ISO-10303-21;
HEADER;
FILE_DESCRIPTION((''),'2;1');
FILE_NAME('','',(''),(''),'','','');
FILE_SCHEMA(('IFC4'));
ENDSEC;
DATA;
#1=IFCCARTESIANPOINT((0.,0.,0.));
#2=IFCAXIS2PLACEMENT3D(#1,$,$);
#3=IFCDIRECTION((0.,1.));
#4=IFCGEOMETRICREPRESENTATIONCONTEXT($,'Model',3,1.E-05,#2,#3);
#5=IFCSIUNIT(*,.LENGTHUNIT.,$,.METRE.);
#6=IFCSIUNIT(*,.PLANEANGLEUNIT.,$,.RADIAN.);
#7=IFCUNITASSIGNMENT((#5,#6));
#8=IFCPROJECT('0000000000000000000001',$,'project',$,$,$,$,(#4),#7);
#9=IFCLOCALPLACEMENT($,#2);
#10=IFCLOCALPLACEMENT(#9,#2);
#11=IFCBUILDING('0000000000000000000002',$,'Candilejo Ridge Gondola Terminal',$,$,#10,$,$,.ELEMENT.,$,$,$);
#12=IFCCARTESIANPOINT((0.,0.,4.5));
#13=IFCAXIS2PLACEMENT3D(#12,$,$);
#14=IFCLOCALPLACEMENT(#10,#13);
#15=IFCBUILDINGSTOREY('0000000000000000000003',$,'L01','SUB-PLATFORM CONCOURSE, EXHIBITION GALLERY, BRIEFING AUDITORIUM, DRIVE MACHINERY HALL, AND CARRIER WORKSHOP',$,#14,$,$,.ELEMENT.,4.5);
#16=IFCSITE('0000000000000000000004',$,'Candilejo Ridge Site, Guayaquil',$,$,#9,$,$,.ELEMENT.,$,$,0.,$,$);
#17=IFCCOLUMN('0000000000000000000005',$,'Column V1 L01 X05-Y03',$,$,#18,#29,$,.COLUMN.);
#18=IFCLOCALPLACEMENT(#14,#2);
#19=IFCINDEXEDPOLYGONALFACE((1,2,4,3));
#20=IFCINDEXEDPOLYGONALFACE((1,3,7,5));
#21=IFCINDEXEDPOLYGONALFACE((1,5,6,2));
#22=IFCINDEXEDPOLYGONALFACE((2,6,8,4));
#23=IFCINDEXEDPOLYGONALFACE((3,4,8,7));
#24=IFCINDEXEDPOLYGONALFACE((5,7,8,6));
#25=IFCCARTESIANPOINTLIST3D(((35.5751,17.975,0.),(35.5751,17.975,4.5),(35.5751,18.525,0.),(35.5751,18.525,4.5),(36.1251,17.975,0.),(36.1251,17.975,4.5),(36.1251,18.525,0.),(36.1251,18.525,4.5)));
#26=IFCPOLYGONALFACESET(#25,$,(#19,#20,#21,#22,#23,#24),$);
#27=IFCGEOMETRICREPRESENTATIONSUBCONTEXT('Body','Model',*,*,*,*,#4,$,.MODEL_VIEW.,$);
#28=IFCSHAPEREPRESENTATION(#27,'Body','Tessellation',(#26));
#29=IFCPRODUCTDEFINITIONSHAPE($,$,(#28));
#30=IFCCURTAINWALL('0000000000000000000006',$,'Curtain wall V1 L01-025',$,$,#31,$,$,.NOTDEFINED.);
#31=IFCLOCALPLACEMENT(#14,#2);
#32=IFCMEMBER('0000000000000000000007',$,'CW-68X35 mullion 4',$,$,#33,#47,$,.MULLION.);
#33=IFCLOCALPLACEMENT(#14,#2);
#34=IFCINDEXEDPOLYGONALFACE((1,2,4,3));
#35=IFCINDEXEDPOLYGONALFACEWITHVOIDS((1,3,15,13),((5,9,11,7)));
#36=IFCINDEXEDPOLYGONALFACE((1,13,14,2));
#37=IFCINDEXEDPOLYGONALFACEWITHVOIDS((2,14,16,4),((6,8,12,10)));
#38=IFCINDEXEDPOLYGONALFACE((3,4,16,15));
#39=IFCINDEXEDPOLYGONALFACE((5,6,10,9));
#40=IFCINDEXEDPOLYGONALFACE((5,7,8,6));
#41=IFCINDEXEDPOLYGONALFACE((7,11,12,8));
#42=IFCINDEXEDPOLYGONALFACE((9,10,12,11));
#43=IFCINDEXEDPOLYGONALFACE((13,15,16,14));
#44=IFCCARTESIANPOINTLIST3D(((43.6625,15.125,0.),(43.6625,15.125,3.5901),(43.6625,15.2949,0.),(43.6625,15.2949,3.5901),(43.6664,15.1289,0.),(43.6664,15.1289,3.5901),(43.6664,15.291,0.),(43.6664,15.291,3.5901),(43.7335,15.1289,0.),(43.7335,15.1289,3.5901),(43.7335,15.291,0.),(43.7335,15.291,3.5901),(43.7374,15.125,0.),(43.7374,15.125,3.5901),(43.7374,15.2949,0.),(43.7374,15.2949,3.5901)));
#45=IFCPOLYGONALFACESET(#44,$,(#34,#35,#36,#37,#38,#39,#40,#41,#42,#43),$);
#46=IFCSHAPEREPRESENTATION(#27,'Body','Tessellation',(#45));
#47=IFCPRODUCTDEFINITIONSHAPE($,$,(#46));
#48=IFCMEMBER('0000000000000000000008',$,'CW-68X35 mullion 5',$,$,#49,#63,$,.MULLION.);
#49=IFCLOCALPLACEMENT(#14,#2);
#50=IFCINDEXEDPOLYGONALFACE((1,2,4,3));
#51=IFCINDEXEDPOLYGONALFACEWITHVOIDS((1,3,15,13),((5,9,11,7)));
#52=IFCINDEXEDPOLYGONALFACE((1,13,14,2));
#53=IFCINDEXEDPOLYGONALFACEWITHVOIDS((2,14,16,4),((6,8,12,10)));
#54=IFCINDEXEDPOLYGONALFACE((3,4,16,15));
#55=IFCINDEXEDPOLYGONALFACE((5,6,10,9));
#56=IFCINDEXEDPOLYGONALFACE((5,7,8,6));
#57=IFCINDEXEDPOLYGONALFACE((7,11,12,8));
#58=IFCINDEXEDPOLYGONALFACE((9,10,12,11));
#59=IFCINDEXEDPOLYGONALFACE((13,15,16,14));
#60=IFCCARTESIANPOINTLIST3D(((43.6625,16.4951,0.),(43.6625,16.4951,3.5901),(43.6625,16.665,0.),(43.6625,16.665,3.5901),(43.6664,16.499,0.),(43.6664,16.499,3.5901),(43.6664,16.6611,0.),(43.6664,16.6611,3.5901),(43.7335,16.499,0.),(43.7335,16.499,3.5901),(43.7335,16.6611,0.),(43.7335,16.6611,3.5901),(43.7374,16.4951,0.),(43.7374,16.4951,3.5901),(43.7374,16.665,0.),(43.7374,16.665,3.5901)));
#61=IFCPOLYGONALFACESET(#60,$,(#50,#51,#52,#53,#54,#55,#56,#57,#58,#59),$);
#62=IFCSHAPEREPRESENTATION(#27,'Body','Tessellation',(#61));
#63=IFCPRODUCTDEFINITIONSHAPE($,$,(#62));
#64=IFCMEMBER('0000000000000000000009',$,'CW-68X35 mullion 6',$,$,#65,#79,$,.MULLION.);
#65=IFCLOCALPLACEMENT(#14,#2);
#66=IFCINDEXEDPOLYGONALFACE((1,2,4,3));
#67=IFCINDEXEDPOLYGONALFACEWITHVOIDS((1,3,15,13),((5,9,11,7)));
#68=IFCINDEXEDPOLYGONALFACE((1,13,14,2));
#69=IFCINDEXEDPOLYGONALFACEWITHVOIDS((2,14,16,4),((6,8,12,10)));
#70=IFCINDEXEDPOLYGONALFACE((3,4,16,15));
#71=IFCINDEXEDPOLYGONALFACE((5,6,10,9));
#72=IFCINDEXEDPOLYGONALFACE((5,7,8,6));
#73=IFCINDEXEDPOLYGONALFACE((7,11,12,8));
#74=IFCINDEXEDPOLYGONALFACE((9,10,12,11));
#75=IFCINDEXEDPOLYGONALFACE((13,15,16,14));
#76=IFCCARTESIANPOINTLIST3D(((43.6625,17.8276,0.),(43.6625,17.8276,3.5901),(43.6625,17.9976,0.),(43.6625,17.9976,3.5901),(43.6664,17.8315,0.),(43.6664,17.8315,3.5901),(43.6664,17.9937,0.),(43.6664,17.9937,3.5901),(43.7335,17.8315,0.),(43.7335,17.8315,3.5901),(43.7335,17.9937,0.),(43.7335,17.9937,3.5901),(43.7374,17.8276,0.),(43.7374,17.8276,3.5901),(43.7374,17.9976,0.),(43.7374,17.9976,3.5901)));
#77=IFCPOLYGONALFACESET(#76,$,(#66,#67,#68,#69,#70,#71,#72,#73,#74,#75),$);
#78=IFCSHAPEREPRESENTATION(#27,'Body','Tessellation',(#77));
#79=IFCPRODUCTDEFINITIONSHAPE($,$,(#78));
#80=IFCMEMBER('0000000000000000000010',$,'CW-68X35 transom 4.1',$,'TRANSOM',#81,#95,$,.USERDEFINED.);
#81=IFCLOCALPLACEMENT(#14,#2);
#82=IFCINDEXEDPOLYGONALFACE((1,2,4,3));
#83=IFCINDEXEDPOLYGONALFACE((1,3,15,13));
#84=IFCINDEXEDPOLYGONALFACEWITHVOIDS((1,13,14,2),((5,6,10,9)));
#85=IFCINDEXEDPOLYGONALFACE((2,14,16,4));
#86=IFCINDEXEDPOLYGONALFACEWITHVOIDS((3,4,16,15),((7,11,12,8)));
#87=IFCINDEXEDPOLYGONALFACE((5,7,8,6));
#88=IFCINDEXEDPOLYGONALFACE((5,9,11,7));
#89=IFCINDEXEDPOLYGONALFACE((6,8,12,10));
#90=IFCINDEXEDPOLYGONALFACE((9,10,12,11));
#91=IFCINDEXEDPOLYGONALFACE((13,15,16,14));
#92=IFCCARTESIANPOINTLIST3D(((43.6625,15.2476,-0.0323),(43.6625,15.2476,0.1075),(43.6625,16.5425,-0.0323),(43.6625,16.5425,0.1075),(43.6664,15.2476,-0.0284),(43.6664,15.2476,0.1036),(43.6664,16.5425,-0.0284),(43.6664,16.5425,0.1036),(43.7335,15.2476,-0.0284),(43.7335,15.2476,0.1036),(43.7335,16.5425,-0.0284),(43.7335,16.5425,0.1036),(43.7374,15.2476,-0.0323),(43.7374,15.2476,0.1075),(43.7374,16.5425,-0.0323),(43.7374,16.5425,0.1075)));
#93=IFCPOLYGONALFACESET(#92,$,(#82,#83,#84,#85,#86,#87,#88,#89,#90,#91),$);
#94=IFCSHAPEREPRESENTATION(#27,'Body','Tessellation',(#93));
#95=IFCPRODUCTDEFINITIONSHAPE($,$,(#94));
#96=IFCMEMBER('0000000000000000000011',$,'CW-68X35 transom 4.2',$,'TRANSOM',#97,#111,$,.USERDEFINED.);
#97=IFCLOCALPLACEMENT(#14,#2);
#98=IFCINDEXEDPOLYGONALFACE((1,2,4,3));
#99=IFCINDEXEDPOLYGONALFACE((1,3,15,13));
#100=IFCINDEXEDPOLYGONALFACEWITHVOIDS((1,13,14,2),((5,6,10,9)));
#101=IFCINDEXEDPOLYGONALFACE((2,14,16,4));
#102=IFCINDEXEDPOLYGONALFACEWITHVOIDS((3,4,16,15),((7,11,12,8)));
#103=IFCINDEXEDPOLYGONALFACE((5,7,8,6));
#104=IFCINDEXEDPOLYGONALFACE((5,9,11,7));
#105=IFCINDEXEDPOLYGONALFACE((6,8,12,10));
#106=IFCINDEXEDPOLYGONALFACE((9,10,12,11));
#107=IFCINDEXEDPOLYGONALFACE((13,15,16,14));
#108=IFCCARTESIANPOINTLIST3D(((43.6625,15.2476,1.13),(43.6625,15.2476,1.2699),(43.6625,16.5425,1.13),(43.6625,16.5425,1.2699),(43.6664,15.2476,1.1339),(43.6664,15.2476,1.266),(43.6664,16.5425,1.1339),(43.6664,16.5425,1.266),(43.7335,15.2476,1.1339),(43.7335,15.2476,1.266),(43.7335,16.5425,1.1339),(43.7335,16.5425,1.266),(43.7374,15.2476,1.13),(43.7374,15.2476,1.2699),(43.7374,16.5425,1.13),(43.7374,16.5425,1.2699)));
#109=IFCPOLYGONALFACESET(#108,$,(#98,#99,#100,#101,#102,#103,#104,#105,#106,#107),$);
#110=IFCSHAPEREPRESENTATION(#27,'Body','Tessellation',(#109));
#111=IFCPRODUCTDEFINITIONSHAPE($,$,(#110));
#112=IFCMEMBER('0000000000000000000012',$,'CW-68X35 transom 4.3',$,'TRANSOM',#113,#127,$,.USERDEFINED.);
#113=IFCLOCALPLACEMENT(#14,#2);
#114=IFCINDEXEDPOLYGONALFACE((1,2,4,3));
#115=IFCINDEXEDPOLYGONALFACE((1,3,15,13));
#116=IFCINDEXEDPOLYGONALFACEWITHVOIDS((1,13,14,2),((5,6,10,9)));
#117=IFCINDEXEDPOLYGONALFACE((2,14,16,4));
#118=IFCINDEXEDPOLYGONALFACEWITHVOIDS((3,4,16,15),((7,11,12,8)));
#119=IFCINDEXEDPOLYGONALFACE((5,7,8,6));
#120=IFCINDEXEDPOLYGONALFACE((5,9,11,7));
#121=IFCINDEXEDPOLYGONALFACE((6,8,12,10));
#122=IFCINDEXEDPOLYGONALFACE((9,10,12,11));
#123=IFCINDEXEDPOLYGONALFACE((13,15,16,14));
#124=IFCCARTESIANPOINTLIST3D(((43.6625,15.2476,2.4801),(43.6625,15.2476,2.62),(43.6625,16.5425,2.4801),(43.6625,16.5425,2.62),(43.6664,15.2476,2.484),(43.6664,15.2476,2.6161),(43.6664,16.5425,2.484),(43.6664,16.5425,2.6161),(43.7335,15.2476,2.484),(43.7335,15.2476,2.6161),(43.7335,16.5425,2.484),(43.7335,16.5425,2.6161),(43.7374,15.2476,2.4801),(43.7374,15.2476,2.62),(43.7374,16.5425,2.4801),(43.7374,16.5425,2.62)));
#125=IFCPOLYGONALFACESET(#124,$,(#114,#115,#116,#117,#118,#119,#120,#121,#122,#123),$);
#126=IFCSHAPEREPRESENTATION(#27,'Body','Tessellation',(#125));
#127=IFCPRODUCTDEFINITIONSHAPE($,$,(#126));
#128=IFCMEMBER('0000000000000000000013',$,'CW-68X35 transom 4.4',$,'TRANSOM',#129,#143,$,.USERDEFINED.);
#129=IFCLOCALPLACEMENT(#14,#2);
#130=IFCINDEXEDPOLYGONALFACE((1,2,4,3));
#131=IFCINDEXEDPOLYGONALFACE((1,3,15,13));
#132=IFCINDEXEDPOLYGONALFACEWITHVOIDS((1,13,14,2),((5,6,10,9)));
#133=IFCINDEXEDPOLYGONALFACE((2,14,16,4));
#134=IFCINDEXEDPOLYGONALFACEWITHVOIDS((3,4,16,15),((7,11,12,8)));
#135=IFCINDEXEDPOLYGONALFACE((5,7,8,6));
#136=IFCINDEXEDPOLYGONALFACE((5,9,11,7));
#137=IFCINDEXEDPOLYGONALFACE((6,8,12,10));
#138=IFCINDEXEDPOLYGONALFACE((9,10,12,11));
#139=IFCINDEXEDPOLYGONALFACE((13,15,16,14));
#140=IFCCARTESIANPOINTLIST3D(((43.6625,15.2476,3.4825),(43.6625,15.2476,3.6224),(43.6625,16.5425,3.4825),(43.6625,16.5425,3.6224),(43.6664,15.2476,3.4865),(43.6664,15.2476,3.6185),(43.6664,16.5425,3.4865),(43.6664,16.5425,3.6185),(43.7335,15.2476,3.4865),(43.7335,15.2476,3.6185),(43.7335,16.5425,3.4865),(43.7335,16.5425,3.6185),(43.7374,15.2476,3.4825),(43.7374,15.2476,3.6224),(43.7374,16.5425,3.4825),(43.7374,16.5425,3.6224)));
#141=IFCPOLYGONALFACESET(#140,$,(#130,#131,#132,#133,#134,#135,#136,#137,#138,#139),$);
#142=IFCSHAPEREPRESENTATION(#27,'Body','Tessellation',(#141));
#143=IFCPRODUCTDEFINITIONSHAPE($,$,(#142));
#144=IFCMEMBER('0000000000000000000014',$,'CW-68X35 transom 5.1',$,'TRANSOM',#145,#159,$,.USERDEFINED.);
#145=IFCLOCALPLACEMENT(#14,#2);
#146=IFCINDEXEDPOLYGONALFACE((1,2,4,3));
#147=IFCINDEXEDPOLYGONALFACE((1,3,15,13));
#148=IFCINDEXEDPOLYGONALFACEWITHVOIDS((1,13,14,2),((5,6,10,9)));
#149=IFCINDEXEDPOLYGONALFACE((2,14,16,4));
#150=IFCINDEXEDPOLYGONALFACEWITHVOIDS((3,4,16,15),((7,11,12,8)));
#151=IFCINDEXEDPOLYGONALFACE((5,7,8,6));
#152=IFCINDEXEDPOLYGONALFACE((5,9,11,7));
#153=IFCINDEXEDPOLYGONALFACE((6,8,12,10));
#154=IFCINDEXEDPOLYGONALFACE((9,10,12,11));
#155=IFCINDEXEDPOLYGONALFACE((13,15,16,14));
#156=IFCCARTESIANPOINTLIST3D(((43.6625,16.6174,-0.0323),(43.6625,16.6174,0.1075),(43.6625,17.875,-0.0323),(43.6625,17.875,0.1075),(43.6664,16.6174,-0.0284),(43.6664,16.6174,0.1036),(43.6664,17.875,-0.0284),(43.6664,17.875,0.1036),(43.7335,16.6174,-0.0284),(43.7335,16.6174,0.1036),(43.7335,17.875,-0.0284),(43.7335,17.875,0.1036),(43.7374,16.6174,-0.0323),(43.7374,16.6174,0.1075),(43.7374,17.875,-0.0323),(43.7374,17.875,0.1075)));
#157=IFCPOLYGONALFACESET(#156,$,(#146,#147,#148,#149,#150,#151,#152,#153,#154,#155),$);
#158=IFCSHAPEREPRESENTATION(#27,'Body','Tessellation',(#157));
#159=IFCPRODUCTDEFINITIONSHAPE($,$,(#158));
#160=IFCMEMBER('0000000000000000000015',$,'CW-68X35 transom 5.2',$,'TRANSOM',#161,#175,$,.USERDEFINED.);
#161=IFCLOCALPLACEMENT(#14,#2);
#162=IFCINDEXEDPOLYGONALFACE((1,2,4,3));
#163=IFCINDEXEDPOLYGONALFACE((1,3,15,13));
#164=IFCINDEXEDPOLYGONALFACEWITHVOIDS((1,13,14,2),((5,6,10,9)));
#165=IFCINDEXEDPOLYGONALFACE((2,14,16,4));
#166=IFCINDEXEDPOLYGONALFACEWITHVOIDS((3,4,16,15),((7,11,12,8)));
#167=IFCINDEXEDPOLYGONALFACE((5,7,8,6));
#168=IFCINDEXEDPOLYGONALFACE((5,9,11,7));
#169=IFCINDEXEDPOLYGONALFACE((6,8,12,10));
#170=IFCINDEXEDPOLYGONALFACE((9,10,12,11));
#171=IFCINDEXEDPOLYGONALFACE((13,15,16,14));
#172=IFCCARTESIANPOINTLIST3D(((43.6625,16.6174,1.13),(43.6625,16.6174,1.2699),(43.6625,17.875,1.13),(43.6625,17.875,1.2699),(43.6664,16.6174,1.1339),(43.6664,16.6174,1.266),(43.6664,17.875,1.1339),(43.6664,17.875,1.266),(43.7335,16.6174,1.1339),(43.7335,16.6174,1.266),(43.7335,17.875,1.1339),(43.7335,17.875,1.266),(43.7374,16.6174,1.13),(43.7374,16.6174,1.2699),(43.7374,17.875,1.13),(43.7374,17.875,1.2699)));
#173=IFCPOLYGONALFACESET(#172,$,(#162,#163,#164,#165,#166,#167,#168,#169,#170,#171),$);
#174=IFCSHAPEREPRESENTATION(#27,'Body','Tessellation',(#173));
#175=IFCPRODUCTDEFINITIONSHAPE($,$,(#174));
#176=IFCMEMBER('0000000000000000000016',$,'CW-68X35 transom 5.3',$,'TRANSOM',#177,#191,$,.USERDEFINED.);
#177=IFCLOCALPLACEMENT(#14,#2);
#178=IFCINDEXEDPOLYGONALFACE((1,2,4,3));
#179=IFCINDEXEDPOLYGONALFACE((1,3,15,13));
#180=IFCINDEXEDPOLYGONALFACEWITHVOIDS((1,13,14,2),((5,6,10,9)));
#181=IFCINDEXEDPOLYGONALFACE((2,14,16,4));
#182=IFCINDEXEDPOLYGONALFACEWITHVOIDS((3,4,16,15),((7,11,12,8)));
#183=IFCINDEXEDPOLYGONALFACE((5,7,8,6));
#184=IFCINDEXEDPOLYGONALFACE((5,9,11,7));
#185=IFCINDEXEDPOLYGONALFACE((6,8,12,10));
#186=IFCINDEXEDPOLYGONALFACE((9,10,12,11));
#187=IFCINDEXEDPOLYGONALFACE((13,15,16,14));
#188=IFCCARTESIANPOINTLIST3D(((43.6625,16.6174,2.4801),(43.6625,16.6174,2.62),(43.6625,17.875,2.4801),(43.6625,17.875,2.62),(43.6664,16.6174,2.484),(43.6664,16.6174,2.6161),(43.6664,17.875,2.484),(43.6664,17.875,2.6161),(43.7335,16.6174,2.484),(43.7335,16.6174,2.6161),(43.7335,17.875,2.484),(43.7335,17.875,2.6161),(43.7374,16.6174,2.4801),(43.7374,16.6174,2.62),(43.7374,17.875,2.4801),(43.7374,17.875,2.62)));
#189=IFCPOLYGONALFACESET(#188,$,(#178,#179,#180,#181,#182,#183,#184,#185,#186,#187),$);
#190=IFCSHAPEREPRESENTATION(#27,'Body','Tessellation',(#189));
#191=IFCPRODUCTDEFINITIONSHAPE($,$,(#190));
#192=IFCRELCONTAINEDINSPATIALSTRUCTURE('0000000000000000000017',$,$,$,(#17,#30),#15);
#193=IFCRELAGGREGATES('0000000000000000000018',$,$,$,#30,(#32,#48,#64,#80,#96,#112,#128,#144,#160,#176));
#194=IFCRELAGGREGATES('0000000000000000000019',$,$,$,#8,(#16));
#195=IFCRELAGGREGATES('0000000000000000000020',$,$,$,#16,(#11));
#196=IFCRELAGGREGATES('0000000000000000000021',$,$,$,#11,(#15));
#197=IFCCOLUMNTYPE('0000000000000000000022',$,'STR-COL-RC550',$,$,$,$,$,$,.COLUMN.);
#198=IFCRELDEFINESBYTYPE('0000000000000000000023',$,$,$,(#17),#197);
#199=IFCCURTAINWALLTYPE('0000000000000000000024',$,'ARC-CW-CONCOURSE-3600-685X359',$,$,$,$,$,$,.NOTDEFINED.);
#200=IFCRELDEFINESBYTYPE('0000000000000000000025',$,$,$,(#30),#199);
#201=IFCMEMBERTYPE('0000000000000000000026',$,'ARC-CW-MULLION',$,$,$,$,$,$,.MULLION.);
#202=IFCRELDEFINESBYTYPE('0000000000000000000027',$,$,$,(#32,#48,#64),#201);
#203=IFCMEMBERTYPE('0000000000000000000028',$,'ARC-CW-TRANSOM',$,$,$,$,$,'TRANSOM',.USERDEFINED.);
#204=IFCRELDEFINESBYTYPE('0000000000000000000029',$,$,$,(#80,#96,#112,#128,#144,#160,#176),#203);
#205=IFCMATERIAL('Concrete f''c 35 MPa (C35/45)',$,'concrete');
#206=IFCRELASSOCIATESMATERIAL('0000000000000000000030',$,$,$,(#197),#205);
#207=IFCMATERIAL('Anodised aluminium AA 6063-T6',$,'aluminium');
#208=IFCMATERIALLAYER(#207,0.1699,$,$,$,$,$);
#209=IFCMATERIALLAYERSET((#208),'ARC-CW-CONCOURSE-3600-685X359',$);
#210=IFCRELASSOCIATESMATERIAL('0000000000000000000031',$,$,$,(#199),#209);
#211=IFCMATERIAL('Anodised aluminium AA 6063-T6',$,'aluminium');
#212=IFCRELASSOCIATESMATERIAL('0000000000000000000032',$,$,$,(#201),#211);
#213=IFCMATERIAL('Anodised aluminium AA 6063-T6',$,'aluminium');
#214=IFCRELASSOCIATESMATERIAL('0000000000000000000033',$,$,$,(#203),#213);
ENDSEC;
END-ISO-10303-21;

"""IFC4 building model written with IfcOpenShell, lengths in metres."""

from ifc_helpers import new_model, si_unit, direction, frame, origin, origin_2d, place, context, subcontext, project, spatial, rectangle, hollow_rectangle, extrude, material, layer, layer_set, material_profile, profile_set, type_object, element, aggregate, save


model = new_model("IFC4")

# Units and contexts
model_context = context("Model", 3, precision=1e-05, world=origin(), true_north=direction((0.0, 1.0)))
body_context = subcontext(model_context, "Body", "Model", "MODEL_VIEW")
ifc_project = project(units=[si_unit("LENGTHUNIT", "METRE"), si_unit("PLANEANGLEUNIT", "RADIAN")], contexts=[model_context])

# Site, building, storey
site_placement = place(None, origin())
site = spatial("IfcSite", under=ifc_project, at=site_placement, Name="Candilejo Ridge Site, Guayaquil", CompositionType="ELEMENT", RefElevation=0.0)
building_placement = place(site_placement, origin())
building = spatial("IfcBuilding", under=site, at=building_placement, Name="Candilejo Ridge Gondola Terminal", CompositionType="ELEMENT")
storey_placement = place(building_placement, frame((0.0, 0.0, 4.5)))
storey = spatial("IfcBuildingStorey", under=building, at=storey_placement, Name="L01", Description="SUB-PLATFORM CONCOURSE, EXHIBITION GALLERY, BRIEFING AUDITORIUM, DRIVE MACHINERY HALL, AND CARRIER WORKSHOP", CompositionType="ELEMENT", Elevation=4.5)

# Column
ifc_material_1 = material(Name="Concrete f'c 35 MPa (C35/45)", Category="concrete")
ifc_material_profile_1 = material_profile(ifc_material_1, rectangle(XDim=0.55, YDim=0.55, at=origin_2d()))
ifc_profile_set_1 = profile_set([ifc_material_profile_1], Name="Concrete f'c 35 MPa (C35/45)")
column_type = type_object("IfcColumnType", Name="STR-COL-RC550", PredefinedType="COLUMN", material=ifc_profile_set_1)
column_placement = place(storey_placement, frame((35.8501, 18.25, 0.0), z_axis=(0.0, 0.0, 1.0), x_axis=(1.0, 0.0, 0.0)))
element("IfcColumn", 1, at=column_placement, inside=storey, type_object=column_type, Name="Column V1 L01 X05-Y03", PredefinedType="COLUMN", context=body_context, shape_type="SweptSolid", body=[
    extrude(rectangle(XDim=0.55, YDim=0.55, at=origin_2d()), origin(), (0.0, 0.0, 1.0), 4.5),
])

# Curtain wall, members
ifc_material_2 = material(Name="Anodised aluminium AA 6063-T6", Category="aluminium")
ifc_layer_1 = layer(ifc_material_2, 0.1699)
ifc_layer_set_1 = layer_set([ifc_layer_1], Name="ARC-CW-CONCOURSE-3600-685X359")
curtain_wall_type = type_object("IfcCurtainWallType", Name="ARC-CW-CONCOURSE-3600-685X359", PredefinedType="NOTDEFINED", material=ifc_layer_set_1)
curtain_wall_placement = place(storey_placement, origin())
curtain_wall = element("IfcCurtainWall", 2, at=curtain_wall_placement, inside=storey, type_object=curtain_wall_type, Name="Curtain wall V1 L01-025", PredefinedType="NOTDEFINED")
ifc_material_3 = material(Name="Anodised aluminium AA 6063-T6", Category="aluminium")
ifc_material_profile_2 = material_profile(ifc_material_3, hollow_rectangle(XDim=0.075, YDim=0.1699, WallThickness=0.0039, at=origin_2d()))
ifc_profile_set_2 = profile_set([ifc_material_profile_2], Name="Anodised aluminium AA 6063-T6")
member_type_1 = type_object("IfcMemberType", Name="ARC-CW-MULLION", PredefinedType="MULLION", material=ifc_profile_set_2)
member_1_placement = place(storey_placement, frame((43.7, 15.21, 0.0), z_axis=(0.0, 0.0, 1.0), x_axis=(-1.0, 0.0, 0.0)))
member_1 = element("IfcMember", 3, at=member_1_placement, type_object=member_type_1, Name="CW-68X35 mullion 4", PredefinedType="MULLION", context=body_context, shape_type="SweptSolid", body=[
    extrude(hollow_rectangle(XDim=0.075, YDim=0.1699, WallThickness=0.0039, at=origin_2d()), origin(), (0.0, 0.0, 1.0), 3.5901),
])
member_2_placement = place(storey_placement, frame((43.7, 16.5801, 0.0), z_axis=(0.0, 0.0, 1.0), x_axis=(-1.0, 0.0, 0.0)))
member_2 = element("IfcMember", 4, at=member_2_placement, type_object=member_type_1, Name="CW-68X35 mullion 5", PredefinedType="MULLION", context=body_context, shape_type="SweptSolid", body=[
    extrude(hollow_rectangle(XDim=0.075, YDim=0.1699, WallThickness=0.0039, at=origin_2d()), origin(), (0.0, 0.0, 1.0), 3.5901),
])
member_3_placement = place(storey_placement, frame((43.7, 17.9126, 0.0), z_axis=(0.0, 0.0, 1.0), x_axis=(-1.0, 0.0, 0.0)))
member_3 = element("IfcMember", 5, at=member_3_placement, type_object=member_type_1, Name="CW-68X35 mullion 6", PredefinedType="MULLION", context=body_context, shape_type="SweptSolid", body=[
    extrude(hollow_rectangle(XDim=0.075, YDim=0.1699, WallThickness=0.0039, at=origin_2d()), origin(), (0.0, 0.0, 1.0), 3.5901),
])
ifc_material_4 = material(Name="Anodised aluminium AA 6063-T6", Category="aluminium")
ifc_material_profile_3 = material_profile(ifc_material_4, hollow_rectangle(XDim=0.075, YDim=0.1399, WallThickness=0.0039, at=origin_2d()))
ifc_profile_set_3 = profile_set([ifc_material_profile_3], Name="Anodised aluminium AA 6063-T6")
member_type_2 = type_object("IfcMemberType", Name="ARC-CW-TRANSOM", ElementType="TRANSOM", PredefinedType="USERDEFINED", material=ifc_profile_set_3)
member_4_placement = place(storey_placement, frame((43.7, 15.2476, 0.0376), z_axis=(0.0, 1.0, 0.0), x_axis=(-1.0, 0.0, 0.0)))
member_4 = element("IfcMember", 6, at=member_4_placement, type_object=member_type_2, Name="CW-68X35 transom 4.1", ObjectType="TRANSOM", PredefinedType="USERDEFINED", context=body_context, shape_type="SweptSolid", body=[
    extrude(hollow_rectangle(XDim=0.075, YDim=0.1399, WallThickness=0.0039, at=origin_2d()), origin(), (0.0, 0.0, 1.0), 1.2949),
])
member_5_placement = place(storey_placement, frame((43.7, 15.2476, 1.2), z_axis=(0.0, 1.0, 0.0), x_axis=(-1.0, 0.0, 0.0)))
member_5 = element("IfcMember", 7, at=member_5_placement, type_object=member_type_2, Name="CW-68X35 transom 4.2", ObjectType="TRANSOM", PredefinedType="USERDEFINED", context=body_context, shape_type="SweptSolid", body=[
    extrude(hollow_rectangle(XDim=0.075, YDim=0.1399, WallThickness=0.0039, at=origin_2d()), origin(), (0.0, 0.0, 1.0), 1.2949),
])
member_6_placement = place(storey_placement, frame((43.7, 15.2476, 2.55), z_axis=(0.0, 1.0, 0.0), x_axis=(-1.0, 0.0, 0.0)))
member_6 = element("IfcMember", 8, at=member_6_placement, type_object=member_type_2, Name="CW-68X35 transom 4.3", ObjectType="TRANSOM", PredefinedType="USERDEFINED", context=body_context, shape_type="SweptSolid", body=[
    extrude(hollow_rectangle(XDim=0.075, YDim=0.1399, WallThickness=0.0039, at=origin_2d()), origin(), (0.0, 0.0, 1.0), 1.2949),
])
member_7_placement = place(storey_placement, frame((43.7, 15.2476, 3.5525), z_axis=(0.0, 1.0, 0.0), x_axis=(-1.0, 0.0, 0.0)))
member_7 = element("IfcMember", 9, at=member_7_placement, type_object=member_type_2, Name="CW-68X35 transom 4.4", ObjectType="TRANSOM", PredefinedType="USERDEFINED", context=body_context, shape_type="SweptSolid", body=[
    extrude(hollow_rectangle(XDim=0.075, YDim=0.1399, WallThickness=0.0039, at=origin_2d()), origin(), (0.0, 0.0, 1.0), 1.2949),
])
member_8_placement = place(storey_placement, frame((43.7, 16.6174, 0.0376), z_axis=(0.0, 1.0, 0.0), x_axis=(-1.0, 0.0, 0.0)))
member_8 = element("IfcMember", 10, at=member_8_placement, type_object=member_type_2, Name="CW-68X35 transom 5.1", ObjectType="TRANSOM", PredefinedType="USERDEFINED", context=body_context, shape_type="SweptSolid", body=[
    extrude(hollow_rectangle(XDim=0.075, YDim=0.1399, WallThickness=0.0039, at=origin_2d()), origin(), (0.0, 0.0, 1.0), 1.2576),
])
member_9_placement = place(storey_placement, frame((43.7, 16.6174, 1.2), z_axis=(0.0, 1.0, 0.0), x_axis=(-1.0, 0.0, 0.0)))
member_9 = element("IfcMember", 11, at=member_9_placement, type_object=member_type_2, Name="CW-68X35 transom 5.2", ObjectType="TRANSOM", PredefinedType="USERDEFINED", context=body_context, shape_type="SweptSolid", body=[
    extrude(hollow_rectangle(XDim=0.075, YDim=0.1399, WallThickness=0.0039, at=origin_2d()), origin(), (0.0, 0.0, 1.0), 1.2576),
])
member_10_placement = place(storey_placement, frame((43.7, 16.6174, 2.55), z_axis=(0.0, 1.0, 0.0), x_axis=(-1.0, 0.0, 0.0)))
member_10 = element("IfcMember", 12, at=member_10_placement, type_object=member_type_2, Name="CW-68X35 transom 5.3", ObjectType="TRANSOM", PredefinedType="USERDEFINED", context=body_context, shape_type="SweptSolid", body=[
    extrude(hollow_rectangle(XDim=0.075, YDim=0.1399, WallThickness=0.0039, at=origin_2d()), origin(), (0.0, 0.0, 1.0), 1.2576),
])

aggregate(curtain_wall, [member_1, member_2, member_3, member_4, member_5, member_6, member_7, member_8, member_9, member_10])

save(model, "model.ifc")
